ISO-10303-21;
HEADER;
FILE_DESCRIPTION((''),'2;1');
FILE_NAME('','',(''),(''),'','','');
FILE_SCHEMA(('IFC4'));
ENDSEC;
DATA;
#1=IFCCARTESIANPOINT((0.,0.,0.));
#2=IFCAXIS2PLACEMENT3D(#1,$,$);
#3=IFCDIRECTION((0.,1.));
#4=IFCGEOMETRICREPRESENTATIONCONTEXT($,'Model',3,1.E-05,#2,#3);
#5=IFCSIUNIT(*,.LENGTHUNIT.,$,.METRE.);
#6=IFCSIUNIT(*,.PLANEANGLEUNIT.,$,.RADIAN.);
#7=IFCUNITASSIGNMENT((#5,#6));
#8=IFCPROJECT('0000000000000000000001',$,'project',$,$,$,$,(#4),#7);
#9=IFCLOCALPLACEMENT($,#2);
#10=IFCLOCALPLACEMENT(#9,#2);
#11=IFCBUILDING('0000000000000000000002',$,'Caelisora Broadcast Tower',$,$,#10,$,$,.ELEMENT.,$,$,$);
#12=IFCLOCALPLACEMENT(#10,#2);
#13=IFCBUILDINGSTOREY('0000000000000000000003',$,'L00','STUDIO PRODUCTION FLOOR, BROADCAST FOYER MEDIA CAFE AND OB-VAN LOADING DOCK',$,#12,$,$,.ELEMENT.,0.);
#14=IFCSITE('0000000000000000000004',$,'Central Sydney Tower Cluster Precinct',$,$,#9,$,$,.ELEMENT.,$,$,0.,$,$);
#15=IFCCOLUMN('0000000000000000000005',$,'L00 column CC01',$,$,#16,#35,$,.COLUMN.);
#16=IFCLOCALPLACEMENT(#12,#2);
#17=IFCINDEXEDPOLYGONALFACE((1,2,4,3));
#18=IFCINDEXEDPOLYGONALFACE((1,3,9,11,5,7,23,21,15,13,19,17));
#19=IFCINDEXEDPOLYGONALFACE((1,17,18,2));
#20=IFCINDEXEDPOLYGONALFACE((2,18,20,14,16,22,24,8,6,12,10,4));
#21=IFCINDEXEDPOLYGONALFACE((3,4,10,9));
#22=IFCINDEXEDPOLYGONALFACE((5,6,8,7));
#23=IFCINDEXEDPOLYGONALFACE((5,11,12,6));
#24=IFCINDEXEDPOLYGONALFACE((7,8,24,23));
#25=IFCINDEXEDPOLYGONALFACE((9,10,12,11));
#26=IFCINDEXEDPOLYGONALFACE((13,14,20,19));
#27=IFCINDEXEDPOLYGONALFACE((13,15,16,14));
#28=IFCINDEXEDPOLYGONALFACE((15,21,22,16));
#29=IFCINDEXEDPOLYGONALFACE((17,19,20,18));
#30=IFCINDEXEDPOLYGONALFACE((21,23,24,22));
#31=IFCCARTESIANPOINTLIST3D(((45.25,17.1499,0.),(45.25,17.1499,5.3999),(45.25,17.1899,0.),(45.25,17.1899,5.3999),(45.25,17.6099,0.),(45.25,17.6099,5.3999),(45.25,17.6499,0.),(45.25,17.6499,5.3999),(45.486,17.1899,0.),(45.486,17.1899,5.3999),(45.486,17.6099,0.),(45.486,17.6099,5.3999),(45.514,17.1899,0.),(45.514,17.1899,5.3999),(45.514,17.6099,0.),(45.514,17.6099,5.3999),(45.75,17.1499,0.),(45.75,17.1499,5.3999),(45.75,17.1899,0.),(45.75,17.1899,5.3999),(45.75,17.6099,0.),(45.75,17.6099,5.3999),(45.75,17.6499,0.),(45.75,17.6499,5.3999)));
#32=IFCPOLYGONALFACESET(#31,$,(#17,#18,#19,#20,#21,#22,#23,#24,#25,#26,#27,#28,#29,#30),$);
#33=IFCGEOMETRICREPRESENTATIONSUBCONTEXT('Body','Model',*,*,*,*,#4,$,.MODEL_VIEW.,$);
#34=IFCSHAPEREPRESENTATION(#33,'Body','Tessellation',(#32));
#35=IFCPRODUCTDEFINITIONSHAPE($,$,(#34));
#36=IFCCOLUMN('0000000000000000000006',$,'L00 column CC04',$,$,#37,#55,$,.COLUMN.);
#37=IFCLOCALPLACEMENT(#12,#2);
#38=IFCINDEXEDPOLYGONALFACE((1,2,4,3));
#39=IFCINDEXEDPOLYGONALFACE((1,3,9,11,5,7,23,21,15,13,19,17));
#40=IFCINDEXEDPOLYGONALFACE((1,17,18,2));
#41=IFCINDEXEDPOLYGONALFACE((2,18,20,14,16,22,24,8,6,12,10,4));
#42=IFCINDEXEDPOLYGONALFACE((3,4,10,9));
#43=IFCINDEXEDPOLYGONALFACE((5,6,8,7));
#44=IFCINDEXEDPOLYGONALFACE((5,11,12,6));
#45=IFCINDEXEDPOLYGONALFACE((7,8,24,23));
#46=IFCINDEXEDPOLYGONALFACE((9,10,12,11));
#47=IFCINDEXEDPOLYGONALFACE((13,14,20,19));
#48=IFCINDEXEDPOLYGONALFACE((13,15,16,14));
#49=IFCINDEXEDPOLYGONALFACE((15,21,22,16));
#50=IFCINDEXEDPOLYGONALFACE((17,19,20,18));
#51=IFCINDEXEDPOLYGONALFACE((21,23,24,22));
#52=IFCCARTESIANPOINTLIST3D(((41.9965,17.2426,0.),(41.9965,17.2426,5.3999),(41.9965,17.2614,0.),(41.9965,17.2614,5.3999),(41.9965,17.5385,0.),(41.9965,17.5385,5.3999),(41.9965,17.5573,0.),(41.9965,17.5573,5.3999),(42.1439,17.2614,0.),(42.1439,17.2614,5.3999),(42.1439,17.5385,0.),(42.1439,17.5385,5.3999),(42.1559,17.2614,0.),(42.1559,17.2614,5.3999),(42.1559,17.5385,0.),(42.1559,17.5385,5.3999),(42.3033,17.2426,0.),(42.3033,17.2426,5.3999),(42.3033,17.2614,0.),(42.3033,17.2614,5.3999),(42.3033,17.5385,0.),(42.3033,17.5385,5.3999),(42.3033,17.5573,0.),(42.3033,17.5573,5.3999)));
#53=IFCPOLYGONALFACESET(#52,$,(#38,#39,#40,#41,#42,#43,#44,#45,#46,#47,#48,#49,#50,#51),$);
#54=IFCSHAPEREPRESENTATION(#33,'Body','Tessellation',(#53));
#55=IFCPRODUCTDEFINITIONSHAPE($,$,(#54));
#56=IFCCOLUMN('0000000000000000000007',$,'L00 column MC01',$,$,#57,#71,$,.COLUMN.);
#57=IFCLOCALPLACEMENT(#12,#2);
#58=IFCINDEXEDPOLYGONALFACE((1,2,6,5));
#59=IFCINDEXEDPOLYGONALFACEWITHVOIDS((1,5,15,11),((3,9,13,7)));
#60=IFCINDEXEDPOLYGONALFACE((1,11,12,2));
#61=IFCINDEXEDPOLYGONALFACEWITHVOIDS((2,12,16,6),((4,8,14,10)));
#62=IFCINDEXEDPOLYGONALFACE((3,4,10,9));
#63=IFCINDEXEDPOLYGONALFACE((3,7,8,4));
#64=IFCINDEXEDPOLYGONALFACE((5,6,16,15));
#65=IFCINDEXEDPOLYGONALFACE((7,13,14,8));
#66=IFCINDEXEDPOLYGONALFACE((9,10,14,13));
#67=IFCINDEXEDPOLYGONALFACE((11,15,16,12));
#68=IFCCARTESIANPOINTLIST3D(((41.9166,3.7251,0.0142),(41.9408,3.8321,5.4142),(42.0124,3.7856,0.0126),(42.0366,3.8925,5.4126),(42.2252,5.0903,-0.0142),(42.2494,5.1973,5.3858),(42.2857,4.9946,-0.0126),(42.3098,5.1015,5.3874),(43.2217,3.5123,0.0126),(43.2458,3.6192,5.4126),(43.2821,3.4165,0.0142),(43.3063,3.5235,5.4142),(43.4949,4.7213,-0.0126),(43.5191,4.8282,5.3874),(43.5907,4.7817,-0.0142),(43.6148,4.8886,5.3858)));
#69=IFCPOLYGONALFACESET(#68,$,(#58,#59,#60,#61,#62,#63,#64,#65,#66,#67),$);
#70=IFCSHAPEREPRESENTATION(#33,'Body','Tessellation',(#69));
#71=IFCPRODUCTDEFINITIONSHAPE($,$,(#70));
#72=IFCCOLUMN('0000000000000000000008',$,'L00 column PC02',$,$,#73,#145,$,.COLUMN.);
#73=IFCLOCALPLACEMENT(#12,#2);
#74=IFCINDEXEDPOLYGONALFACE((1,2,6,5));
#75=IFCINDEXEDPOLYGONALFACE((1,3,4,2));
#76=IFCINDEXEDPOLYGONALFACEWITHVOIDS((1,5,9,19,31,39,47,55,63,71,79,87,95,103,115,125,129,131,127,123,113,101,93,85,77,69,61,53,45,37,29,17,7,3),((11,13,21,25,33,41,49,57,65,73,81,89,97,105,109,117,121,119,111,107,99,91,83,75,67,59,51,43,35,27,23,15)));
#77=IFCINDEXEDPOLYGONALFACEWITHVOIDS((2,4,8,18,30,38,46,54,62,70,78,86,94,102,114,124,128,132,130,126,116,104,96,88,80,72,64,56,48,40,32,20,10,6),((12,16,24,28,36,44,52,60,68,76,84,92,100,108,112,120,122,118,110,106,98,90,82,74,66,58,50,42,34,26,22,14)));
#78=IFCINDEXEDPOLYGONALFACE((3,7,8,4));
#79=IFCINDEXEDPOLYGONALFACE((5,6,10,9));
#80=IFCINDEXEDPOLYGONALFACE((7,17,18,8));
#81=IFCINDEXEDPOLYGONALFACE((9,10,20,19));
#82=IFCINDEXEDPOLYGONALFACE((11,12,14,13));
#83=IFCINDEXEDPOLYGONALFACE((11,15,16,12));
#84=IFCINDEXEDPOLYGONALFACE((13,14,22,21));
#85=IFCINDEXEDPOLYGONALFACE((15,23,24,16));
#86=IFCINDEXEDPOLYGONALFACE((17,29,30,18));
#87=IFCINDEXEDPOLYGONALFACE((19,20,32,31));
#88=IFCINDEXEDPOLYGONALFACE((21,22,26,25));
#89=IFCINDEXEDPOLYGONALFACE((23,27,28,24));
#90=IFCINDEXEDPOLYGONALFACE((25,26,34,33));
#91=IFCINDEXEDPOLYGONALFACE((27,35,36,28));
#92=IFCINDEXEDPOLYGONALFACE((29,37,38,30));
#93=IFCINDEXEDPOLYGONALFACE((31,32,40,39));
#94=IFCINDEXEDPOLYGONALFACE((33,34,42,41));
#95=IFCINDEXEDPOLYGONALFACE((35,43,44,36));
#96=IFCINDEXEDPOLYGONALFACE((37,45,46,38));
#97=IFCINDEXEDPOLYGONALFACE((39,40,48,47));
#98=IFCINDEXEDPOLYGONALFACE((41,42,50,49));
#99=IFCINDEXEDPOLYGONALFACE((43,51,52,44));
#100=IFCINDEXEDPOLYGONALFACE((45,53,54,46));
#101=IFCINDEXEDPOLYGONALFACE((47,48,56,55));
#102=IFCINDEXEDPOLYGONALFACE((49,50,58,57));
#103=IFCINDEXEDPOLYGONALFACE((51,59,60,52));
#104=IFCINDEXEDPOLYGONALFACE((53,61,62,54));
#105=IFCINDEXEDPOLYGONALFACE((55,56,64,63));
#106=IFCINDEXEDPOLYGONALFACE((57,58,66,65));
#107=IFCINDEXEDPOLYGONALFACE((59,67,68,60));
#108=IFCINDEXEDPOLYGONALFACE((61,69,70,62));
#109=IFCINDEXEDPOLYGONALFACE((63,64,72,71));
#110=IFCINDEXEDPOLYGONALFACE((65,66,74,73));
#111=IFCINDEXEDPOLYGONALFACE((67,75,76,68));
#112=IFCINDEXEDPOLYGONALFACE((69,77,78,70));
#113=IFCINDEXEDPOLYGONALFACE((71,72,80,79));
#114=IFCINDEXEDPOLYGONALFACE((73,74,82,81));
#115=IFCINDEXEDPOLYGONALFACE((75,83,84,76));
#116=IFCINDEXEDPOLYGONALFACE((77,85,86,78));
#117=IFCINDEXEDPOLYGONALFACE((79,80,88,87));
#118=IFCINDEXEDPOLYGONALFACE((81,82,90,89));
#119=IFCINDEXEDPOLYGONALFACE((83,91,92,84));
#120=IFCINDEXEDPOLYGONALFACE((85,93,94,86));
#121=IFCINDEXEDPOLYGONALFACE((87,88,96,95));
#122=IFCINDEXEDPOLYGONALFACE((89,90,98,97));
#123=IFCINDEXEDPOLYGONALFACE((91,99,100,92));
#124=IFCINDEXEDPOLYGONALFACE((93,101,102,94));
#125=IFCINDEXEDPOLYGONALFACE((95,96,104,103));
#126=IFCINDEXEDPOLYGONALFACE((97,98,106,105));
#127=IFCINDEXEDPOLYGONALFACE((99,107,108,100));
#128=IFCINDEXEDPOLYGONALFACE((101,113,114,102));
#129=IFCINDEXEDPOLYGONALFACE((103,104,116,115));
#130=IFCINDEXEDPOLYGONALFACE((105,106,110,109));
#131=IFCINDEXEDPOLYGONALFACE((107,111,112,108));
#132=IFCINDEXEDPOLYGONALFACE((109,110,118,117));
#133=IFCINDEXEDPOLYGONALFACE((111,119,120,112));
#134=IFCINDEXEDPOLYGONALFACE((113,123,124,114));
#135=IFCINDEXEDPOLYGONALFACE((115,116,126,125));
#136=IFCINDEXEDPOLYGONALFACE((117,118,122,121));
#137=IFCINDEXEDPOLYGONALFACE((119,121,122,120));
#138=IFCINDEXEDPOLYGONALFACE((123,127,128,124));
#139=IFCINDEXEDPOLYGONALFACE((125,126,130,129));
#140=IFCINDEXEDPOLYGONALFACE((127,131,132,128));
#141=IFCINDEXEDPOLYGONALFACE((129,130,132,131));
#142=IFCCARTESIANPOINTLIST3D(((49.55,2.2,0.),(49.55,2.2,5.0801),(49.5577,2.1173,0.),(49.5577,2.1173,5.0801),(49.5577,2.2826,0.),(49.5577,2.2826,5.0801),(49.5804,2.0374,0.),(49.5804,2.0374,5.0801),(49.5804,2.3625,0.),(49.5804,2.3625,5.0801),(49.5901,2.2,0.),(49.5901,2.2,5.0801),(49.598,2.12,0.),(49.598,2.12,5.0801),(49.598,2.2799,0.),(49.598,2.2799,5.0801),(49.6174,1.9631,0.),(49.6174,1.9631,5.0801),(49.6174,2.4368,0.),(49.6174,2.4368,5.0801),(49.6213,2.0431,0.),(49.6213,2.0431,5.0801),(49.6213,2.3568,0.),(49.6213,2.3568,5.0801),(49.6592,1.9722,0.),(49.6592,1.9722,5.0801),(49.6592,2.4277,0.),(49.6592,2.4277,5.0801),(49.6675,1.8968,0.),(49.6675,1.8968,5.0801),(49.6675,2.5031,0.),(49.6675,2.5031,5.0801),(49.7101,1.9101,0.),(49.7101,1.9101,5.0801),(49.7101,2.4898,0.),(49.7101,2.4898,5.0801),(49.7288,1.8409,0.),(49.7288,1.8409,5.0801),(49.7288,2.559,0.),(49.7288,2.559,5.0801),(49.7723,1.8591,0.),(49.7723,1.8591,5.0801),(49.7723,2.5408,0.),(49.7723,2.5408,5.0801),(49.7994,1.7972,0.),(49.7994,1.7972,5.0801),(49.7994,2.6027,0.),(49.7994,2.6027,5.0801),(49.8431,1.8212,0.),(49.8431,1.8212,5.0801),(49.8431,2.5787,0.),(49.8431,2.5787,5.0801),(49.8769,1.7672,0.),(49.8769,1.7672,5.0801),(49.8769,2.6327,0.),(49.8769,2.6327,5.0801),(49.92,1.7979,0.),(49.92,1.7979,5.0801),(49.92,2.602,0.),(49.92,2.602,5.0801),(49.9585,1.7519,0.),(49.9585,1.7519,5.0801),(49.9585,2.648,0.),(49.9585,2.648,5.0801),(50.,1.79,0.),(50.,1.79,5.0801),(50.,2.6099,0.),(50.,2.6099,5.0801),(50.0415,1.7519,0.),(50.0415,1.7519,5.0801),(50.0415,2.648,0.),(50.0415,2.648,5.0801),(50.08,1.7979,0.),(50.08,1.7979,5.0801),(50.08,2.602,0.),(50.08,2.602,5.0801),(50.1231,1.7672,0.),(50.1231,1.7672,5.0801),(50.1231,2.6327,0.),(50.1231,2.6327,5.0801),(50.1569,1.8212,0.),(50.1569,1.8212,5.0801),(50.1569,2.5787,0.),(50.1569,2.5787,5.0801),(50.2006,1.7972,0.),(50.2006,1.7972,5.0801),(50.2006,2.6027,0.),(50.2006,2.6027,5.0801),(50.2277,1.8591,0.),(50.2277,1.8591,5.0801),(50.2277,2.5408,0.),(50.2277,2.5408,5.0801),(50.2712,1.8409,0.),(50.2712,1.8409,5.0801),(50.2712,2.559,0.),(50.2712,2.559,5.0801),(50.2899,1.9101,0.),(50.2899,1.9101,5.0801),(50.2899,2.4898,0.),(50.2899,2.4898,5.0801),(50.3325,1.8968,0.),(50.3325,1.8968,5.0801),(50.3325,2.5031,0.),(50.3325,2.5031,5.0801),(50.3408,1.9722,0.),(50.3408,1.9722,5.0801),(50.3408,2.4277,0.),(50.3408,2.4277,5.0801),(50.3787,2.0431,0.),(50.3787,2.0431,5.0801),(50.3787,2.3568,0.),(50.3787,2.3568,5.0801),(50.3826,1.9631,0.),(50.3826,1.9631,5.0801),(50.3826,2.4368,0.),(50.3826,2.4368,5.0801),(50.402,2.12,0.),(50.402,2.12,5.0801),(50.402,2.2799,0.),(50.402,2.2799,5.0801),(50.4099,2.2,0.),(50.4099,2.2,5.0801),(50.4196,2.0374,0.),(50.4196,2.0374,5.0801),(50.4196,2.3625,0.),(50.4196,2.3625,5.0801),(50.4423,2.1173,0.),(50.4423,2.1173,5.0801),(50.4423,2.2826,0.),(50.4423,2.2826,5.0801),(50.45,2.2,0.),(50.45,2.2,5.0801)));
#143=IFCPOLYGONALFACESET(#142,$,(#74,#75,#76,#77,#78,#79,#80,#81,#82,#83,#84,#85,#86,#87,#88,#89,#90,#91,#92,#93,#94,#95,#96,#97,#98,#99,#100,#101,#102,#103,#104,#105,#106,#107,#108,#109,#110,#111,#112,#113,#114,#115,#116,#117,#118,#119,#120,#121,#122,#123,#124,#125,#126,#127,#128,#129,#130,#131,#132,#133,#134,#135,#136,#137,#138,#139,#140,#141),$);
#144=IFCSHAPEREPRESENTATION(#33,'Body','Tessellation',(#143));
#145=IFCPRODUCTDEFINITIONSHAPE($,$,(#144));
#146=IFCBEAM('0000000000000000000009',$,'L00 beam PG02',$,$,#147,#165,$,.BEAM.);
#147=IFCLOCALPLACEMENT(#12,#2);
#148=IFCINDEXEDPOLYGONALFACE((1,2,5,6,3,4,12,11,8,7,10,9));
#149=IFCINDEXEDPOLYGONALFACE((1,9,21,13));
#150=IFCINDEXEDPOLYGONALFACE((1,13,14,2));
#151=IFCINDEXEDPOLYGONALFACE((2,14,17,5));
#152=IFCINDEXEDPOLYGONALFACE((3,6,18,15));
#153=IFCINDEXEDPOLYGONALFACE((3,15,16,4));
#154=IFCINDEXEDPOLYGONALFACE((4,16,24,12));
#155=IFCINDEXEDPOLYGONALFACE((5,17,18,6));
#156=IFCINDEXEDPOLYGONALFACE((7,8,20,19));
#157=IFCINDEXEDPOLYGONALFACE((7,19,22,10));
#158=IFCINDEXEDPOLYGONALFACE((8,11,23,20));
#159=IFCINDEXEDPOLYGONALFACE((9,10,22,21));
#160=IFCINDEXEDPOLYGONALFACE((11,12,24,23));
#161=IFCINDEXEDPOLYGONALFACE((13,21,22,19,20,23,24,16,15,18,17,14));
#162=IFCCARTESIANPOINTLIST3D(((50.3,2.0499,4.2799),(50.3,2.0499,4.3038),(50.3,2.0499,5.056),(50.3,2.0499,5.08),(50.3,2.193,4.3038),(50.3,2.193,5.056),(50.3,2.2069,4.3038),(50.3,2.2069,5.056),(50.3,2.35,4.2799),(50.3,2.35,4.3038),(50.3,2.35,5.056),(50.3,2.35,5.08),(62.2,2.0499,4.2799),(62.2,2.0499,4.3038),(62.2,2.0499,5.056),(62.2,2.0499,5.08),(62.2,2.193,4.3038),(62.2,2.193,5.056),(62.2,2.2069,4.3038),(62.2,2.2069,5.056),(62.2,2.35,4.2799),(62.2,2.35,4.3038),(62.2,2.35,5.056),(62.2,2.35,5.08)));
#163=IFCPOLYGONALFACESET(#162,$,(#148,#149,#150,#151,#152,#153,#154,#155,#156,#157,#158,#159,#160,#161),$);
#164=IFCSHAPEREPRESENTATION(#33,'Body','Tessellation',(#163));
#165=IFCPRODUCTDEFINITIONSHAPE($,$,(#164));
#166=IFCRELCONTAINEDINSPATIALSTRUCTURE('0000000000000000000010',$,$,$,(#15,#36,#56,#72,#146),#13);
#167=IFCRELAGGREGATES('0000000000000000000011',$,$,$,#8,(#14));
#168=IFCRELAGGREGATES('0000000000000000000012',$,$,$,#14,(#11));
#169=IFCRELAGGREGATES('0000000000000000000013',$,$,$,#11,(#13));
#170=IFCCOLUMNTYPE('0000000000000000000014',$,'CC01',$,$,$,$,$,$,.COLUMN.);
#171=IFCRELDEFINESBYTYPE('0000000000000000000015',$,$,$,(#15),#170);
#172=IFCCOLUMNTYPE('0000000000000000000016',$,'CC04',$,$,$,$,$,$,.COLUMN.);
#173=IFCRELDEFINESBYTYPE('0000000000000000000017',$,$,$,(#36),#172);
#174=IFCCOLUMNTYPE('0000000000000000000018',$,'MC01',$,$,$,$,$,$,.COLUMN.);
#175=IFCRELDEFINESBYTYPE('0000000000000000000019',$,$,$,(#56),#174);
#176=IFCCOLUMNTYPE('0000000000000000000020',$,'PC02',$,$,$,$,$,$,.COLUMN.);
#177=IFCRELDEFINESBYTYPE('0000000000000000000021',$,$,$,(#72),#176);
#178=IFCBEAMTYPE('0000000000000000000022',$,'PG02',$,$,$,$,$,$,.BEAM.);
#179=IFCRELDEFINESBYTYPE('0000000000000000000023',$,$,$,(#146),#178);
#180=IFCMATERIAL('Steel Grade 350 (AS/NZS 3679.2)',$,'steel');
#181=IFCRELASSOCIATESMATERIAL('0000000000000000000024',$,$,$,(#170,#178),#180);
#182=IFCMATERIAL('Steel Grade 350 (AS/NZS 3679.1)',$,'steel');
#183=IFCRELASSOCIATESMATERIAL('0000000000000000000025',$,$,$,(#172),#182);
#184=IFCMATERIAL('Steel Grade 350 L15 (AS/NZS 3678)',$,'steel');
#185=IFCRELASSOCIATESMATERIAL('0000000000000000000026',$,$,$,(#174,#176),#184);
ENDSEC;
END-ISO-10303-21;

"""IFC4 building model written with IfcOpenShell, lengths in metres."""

from ifc_helpers import new_model, si_unit, direction, frame, origin, origin_2d, place, context, subcontext, project, spatial, hollow_rectangle, hollow_circle, i_section, extrude, source, transform, mapped, material, material_profile, profile_set, type_object, type_shapes, element, save


model = new_model("IFC4")

# Units and contexts
model_context = context("Model", 3, precision=1e-05, world=origin(), true_north=direction((0.0, 1.0)))
body_context = subcontext(model_context, "Body", "Model", "MODEL_VIEW")
ifc_project = project(units=[si_unit("LENGTHUNIT", "METRE"), si_unit("PLANEANGLEUNIT", "RADIAN")], contexts=[model_context])

# Site, building, storey
site_placement = place(None, origin())
site = spatial("IfcSite", under=ifc_project, at=site_placement, Name="Central Sydney Tower Cluster Precinct", CompositionType="ELEMENT", RefElevation=0.0)
building_placement = place(site_placement, origin())
building = spatial("IfcBuilding", under=site, at=building_placement, Name="Caelisora Broadcast Tower", CompositionType="ELEMENT")
storey_placement = place(building_placement, origin())
storey = spatial("IfcBuildingStorey", under=building, at=storey_placement, Name="L00", Description="STUDIO PRODUCTION FLOOR, BROADCAST FOYER MEDIA CAFE AND OB-VAN LOADING DOCK", CompositionType="ELEMENT", Elevation=0.0)

# Columns
ifc_material_1 = material(Name="Steel Grade 350 (AS/NZS 3679.2)", Category="steel")
ifc_material_profile_1 = material_profile(ifc_material_1, i_section(OverallWidth=0.5, OverallDepth=0.5, WebThickness=0.0281, FlangeThickness=0.04, at=origin_2d()), Name="Steel Grade 350 (AS/NZS 3679.2)")
ifc_profile_set_1 = profile_set([ifc_material_profile_1], Name="Steel Grade 350 (AS/NZS 3679.2)")
column_type_1 = type_object("IfcColumnType", Name="CC01", PredefinedType="COLUMN", material=ifc_profile_set_1)
shared_shape_1 = source(origin(), body_context, "Body", "SweptSolid", [
    extrude(i_section(OverallWidth=0.5, OverallDepth=0.5, WebThickness=0.0281, FlangeThickness=0.04, at=origin_2d()), origin(), (0.0, 0.0, 1.0), 5.3999),
])
type_shapes(column_type_1, [shared_shape_1])
column_1_placement = place(storey_placement, frame((45.5, 17.3999, 0.0), z_axis=(0.0, 0.0, 1.0), x_axis=(1.0, 0.0, 0.0)))
element("IfcColumn", 1, at=column_1_placement, inside=storey, type_object=column_type_1, Name="L00 column CC01", PredefinedType="COLUMN", context=body_context, shape_type="MappedRepresentation", body=[
    mapped(shared_shape_1, transform((0.0, 0.0, 0.0), scale=1.0)),
])
ifc_material_2 = material(Name="Steel Grade 350 (AS/NZS 3679.1)", Category="steel")
ifc_material_profile_2 = material_profile(ifc_material_2, i_section(OverallWidth=0.3069, OverallDepth=0.3147, WebThickness=0.012, FlangeThickness=0.0188, at=origin_2d()), Name="Steel Grade 350 (AS/NZS 3679.1)")
ifc_profile_set_2 = profile_set([ifc_material_profile_2], Name="Steel Grade 350 (AS/NZS 3679.1)")
column_type_2 = type_object("IfcColumnType", Name="CC04", PredefinedType="COLUMN", material=ifc_profile_set_2)
shared_shape_2 = source(origin(), body_context, "Body", "SweptSolid", [
    extrude(i_section(OverallWidth=0.3069, OverallDepth=0.3147, WebThickness=0.012, FlangeThickness=0.0188, at=origin_2d()), origin(), (0.0, 0.0, 1.0), 5.3999),
])
type_shapes(column_type_2, [shared_shape_2])
column_2_placement = place(storey_placement, frame((42.1499, 17.3999, 0.0), z_axis=(0.0, 0.0, 1.0), x_axis=(1.0, 0.0, 0.0)))
element("IfcColumn", 2, at=column_2_placement, inside=storey, type_object=column_type_2, Name="L00 column CC04", PredefinedType="COLUMN", context=body_context, shape_type="MappedRepresentation", body=[
    mapped(shared_shape_2, transform((0.0, 0.0, 0.0), scale=1.0)),
])
ifc_material_3 = material(Name="Steel Grade 350 L15 (AS/NZS 3678)", Category="steel")
ifc_material_profile_3 = material_profile(ifc_material_3, hollow_rectangle(XDim=1.3999, YDim=1.3999, WallThickness=0.0801, at=origin_2d()), Name="Steel Grade 350 L15 (AS/NZS 3678)")
ifc_profile_set_3 = profile_set([ifc_material_profile_3], Name="Steel Grade 350 L15 (AS/NZS 3678)")
column_type_3 = type_object("IfcColumnType", Name="MC01", PredefinedType="COLUMN", material=ifc_profile_set_3)
shared_shape_3 = source(origin(), body_context, "Body", "SweptSolid", [
    extrude(hollow_rectangle(XDim=1.3999, YDim=1.3999, WallThickness=0.0801, at=origin_2d()), origin(), (0.0, 0.0, 1.0), 5.4011),
])
type_shapes(column_type_3, [shared_shape_3])
column_3_placement = place(storey_placement, frame((42.7537, 4.2534, 0.0), z_axis=(0.004475, 0.019799, 0.999794), x_axis=(-0.975395, 0.220466, 0.0)))
element("IfcColumn", 3, at=column_3_placement, inside=storey, type_object=column_type_3, Name="L00 column MC01", PredefinedType="COLUMN", context=body_context, shape_type="MappedRepresentation", body=[
    mapped(shared_shape_3, transform((0.0, 0.0, 0.0), scale=1.0)),
])
ifc_material_profile_4 = material_profile(ifc_material_3, hollow_circle(Radius=0.45, WallThickness=0.04, at=origin_2d()), Name="Steel Grade 350 L15 (AS/NZS 3678)")
ifc_profile_set_4 = profile_set([ifc_material_profile_4], Name="Steel Grade 350 L15 (AS/NZS 3678)")
column_type_4 = type_object("IfcColumnType", Name="PC02", PredefinedType="COLUMN", material=ifc_profile_set_4)
shared_shape_4 = source(origin(), body_context, "Body", "SweptSolid", [
    extrude(hollow_circle(Radius=0.45, WallThickness=0.04, at=origin_2d()), origin(), (0.0, 0.0, 1.0), 5.0801),
])
type_shapes(column_type_4, [shared_shape_4])
column_4_placement = place(storey_placement, frame((50.0, 2.2, 0.0), z_axis=(0.0, 0.0, 1.0), x_axis=(1.0, 0.0, 0.0)))
element("IfcColumn", 4, at=column_4_placement, inside=storey, type_object=column_type_4, Name="L00 column PC02", PredefinedType="COLUMN", context=body_context, shape_type="MappedRepresentation", body=[
    mapped(shared_shape_4, transform((0.0, 0.0, 0.0), scale=1.0)),
])

# Beam
ifc_material_profile_5 = material_profile(ifc_material_1, i_section(OverallWidth=0.3, OverallDepth=0.8, WebThickness=0.0139, FlangeThickness=0.0239, at=origin_2d()), Name="Steel Grade 350 (AS/NZS 3679.2)")
ifc_profile_set_5 = profile_set([ifc_material_profile_5], Name="Steel Grade 350 (AS/NZS 3679.2)")
beam_type_1 = type_object("IfcBeamType", Name="PG02", PredefinedType="BEAM", material=ifc_profile_set_5)
shared_shape_5 = source(origin(), body_context, "Body", "SweptSolid", [
    extrude(i_section(OverallWidth=0.3, OverallDepth=0.8, WebThickness=0.0139, FlangeThickness=0.0239, at=origin_2d()), origin(), (0.0, 0.0, 1.0), 11.8999),
])
type_shapes(beam_type_1, [shared_shape_5])
beam_1_placement = place(storey_placement, frame((50.3, 2.2, 4.6799), z_axis=(1.0, 0.0, 0.0), x_axis=(0.0, 1.0, 0.0)))
element("IfcBeam", 5, at=beam_1_placement, inside=storey, type_object=beam_type_1, Name="L00 beam PG02", PredefinedType="BEAM", context=body_context, shape_type="MappedRepresentation", body=[
    mapped(shared_shape_5, transform((0.0, 0.0, 0.0), scale=1.0)),
])

save(model, "model.ifc")
